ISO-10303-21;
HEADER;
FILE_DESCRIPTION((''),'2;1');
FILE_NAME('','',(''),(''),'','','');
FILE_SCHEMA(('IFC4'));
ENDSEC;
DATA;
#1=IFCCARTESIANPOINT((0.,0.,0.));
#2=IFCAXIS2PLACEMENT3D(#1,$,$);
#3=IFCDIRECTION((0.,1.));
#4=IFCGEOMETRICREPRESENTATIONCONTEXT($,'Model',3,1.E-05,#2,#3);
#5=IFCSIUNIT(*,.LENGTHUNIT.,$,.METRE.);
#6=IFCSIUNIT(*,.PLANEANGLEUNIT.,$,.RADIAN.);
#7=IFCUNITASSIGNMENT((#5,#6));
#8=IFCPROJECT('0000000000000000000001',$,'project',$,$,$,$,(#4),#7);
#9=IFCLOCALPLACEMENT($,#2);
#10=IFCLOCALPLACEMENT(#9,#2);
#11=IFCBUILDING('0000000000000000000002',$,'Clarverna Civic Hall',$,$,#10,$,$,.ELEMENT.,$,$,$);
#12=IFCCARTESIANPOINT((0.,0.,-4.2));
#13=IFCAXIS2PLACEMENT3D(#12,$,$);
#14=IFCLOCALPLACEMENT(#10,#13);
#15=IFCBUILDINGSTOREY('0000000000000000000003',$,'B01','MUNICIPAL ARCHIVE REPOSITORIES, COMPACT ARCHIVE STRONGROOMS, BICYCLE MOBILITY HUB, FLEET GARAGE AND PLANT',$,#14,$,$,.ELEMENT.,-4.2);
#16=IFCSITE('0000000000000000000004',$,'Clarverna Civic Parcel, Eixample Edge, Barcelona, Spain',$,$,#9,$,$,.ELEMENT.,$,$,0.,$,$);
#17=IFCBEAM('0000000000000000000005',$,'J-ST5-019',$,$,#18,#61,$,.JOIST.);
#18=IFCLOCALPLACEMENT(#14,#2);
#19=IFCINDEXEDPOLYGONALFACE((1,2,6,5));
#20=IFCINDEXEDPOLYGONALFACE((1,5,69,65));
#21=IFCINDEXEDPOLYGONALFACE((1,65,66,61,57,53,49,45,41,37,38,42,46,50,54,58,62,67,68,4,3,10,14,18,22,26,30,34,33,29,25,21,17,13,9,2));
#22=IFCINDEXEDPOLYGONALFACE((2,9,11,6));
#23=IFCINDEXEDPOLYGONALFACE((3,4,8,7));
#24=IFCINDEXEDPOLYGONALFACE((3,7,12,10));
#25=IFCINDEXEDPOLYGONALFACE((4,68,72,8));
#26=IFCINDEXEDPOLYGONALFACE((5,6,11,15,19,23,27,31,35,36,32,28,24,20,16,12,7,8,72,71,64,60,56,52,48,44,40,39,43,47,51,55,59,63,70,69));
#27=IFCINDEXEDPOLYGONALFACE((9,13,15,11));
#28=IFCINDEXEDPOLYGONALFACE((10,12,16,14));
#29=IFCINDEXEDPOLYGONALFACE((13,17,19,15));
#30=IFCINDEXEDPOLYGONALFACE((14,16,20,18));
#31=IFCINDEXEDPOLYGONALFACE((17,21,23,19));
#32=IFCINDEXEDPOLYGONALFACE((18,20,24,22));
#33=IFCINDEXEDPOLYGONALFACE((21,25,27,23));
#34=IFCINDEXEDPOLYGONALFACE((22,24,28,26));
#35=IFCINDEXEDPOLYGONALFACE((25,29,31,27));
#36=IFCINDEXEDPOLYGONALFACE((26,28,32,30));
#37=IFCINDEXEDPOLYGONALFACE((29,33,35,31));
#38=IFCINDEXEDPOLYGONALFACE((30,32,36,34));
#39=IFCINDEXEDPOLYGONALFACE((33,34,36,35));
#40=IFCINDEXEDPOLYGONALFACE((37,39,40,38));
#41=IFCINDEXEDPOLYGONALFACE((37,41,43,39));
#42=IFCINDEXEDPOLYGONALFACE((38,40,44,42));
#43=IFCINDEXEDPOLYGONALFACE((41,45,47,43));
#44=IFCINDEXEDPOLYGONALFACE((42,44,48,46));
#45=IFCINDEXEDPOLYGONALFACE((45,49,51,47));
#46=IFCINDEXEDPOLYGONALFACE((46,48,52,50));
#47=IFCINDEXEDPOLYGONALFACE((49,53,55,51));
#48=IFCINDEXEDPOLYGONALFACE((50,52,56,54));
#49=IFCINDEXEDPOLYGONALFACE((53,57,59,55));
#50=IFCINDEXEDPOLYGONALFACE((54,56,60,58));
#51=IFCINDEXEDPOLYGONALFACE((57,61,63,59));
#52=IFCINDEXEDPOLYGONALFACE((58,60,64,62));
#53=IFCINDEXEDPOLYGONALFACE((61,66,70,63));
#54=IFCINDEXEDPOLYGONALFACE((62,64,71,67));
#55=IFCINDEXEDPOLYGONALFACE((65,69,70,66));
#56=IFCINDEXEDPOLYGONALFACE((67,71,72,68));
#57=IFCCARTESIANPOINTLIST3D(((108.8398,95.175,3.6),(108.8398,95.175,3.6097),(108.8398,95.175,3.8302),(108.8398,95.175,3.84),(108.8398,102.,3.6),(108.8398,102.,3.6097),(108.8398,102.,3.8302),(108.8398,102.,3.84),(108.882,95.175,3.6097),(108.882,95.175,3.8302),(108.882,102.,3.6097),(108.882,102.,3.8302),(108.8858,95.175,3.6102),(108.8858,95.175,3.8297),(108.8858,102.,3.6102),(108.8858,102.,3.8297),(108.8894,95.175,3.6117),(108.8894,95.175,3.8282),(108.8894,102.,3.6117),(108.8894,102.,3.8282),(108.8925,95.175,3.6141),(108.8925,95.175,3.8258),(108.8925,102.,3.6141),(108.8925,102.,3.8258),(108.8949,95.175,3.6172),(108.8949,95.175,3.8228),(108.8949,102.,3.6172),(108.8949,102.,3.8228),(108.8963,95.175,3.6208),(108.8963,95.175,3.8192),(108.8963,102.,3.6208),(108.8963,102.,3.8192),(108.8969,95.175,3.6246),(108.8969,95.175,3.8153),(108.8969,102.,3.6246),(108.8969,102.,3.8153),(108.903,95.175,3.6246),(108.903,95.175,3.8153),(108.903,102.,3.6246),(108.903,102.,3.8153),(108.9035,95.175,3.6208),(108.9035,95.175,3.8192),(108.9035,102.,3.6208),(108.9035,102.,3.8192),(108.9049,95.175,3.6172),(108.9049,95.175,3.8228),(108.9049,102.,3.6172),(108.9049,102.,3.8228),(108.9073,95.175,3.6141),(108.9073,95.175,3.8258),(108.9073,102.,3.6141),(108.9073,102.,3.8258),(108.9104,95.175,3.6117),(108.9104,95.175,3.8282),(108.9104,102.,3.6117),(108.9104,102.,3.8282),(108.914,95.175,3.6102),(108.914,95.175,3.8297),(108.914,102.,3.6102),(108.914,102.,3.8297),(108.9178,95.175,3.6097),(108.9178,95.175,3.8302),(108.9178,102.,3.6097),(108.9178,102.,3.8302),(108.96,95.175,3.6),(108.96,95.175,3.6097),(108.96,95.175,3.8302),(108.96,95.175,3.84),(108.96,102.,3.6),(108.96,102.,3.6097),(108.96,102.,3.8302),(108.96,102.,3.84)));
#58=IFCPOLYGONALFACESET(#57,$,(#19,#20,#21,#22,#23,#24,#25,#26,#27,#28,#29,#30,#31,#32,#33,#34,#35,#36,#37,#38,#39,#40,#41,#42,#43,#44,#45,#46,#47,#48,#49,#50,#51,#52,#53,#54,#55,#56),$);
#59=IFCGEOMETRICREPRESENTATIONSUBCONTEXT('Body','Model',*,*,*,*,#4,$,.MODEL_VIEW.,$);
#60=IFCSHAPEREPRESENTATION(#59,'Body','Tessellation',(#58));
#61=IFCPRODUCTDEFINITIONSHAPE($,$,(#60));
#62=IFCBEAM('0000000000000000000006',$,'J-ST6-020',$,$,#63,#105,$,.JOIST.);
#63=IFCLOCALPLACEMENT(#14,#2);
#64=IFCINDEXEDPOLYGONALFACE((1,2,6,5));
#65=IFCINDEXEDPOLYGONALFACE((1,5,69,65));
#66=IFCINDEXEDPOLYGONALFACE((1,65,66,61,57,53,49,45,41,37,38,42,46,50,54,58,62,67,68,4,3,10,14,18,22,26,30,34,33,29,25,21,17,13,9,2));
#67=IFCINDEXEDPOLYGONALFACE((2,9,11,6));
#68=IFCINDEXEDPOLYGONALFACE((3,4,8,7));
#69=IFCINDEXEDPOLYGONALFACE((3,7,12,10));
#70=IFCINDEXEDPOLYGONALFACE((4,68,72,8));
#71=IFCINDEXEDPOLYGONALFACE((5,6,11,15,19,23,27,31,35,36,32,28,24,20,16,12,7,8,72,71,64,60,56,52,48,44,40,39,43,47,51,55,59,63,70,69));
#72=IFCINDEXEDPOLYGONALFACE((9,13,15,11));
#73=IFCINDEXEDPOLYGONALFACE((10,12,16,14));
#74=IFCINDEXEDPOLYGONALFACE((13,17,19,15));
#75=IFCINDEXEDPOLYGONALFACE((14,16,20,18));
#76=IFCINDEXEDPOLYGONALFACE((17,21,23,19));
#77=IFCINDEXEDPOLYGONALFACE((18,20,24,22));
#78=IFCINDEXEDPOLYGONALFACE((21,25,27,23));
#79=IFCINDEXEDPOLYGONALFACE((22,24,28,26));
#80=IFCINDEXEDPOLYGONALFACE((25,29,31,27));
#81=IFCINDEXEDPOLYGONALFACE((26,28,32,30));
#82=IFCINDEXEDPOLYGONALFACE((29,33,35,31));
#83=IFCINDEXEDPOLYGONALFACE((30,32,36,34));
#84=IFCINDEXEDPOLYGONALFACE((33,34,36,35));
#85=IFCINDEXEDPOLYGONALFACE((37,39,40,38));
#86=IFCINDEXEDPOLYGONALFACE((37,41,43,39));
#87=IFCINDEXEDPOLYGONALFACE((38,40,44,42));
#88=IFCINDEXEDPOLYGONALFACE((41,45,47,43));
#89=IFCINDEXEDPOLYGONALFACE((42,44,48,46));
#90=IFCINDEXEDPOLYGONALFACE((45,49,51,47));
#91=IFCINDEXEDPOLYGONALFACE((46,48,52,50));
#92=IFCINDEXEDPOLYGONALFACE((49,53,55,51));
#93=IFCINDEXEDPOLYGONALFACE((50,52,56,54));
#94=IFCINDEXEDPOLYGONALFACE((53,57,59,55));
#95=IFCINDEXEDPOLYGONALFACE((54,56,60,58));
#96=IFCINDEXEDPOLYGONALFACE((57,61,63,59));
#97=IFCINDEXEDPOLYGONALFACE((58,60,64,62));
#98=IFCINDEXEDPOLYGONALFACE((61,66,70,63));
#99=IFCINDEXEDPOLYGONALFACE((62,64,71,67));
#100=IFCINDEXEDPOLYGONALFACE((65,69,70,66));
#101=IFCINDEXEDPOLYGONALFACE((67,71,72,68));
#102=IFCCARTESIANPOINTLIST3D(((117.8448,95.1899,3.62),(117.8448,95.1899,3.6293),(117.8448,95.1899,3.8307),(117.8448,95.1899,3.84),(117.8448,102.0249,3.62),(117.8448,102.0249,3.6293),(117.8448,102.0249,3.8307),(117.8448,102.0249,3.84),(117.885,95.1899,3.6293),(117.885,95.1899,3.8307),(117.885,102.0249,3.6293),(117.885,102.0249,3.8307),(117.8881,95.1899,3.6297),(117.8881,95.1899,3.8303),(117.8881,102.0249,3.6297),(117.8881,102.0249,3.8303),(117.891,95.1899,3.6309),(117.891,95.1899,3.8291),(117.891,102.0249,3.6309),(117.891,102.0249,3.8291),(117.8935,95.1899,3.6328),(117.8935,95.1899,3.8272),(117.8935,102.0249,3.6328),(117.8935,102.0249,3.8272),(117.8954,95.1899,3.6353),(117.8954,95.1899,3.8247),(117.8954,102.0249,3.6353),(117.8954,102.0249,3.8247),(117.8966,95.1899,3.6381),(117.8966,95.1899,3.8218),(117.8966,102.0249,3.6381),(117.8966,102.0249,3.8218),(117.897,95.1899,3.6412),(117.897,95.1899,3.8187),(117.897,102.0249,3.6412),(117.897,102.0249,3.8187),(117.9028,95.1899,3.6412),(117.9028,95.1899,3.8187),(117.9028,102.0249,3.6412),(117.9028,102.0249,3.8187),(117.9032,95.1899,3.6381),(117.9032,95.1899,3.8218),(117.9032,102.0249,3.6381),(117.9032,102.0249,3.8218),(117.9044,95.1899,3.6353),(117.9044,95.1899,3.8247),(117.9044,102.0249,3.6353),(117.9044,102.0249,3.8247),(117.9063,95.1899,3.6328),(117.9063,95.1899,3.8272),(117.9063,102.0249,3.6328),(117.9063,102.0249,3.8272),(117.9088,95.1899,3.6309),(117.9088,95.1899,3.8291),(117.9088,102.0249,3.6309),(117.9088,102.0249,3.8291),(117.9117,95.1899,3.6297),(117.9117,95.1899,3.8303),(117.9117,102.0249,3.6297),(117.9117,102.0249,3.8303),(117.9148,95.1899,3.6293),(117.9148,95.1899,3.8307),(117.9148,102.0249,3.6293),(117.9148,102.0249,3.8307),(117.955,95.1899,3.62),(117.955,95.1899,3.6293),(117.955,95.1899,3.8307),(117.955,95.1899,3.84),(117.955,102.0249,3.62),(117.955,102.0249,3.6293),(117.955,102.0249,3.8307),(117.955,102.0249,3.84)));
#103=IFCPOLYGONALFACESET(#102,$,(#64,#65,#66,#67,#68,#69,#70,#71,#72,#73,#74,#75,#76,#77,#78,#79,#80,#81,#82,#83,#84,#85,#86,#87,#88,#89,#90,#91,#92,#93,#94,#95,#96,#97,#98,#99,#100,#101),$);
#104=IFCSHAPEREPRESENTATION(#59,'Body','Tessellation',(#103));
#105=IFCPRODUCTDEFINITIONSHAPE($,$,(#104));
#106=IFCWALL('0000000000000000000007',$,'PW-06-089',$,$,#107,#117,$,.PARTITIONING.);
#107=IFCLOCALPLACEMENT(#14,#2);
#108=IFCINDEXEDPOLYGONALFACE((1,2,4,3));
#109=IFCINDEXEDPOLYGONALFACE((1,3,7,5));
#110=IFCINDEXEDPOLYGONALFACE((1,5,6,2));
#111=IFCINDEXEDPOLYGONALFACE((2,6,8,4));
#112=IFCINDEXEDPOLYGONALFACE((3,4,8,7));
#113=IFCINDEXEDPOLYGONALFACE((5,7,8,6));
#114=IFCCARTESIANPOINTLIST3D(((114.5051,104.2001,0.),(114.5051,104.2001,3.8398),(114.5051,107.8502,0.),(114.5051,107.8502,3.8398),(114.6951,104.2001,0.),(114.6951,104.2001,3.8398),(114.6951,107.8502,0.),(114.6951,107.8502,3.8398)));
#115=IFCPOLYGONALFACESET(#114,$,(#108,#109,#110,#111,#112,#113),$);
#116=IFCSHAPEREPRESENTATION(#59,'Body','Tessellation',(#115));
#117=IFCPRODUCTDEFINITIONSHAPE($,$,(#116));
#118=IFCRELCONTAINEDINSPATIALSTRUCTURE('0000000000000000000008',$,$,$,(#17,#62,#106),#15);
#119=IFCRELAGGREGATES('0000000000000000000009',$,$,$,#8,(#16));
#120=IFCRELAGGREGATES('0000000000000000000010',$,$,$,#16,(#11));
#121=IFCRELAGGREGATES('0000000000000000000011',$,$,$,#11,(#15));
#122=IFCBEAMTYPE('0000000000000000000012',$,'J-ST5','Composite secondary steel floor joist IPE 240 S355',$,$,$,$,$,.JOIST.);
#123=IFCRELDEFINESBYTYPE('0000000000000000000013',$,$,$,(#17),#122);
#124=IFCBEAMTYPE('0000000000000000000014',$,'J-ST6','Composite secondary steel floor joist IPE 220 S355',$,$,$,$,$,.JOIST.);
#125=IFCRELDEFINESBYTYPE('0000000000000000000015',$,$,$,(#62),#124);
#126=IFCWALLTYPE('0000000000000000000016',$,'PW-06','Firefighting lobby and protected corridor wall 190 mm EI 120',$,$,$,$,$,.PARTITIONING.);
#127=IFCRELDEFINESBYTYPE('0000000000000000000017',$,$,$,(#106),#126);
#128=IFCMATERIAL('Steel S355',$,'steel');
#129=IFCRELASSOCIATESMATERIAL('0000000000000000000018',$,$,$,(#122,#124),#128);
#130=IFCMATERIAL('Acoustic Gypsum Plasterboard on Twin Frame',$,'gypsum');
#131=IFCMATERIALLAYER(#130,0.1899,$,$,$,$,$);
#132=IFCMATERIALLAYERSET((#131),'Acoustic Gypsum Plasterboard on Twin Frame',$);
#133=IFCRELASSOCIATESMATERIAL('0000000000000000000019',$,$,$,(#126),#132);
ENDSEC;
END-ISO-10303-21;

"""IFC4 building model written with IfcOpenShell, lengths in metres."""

from ifc_helpers import new_model, si_unit, direction, frame, frame_2d, origin, origin_2d, place, context, subcontext, project, spatial, rectangle, i_section, extrude, material, layer, layer_set, material_profile, profile_set, type_object, element, save


model = new_model("IFC4")

# Units and contexts
model_context = context("Model", 3, precision=1e-05, world=origin(), true_north=direction((0.0, 1.0)))
body_context = subcontext(model_context, "Body", "Model", "MODEL_VIEW")
ifc_project = project(units=[si_unit("LENGTHUNIT", "METRE"), si_unit("PLANEANGLEUNIT", "RADIAN")], contexts=[model_context])

# Site, building, storey
site_placement = place(None, origin())
site = spatial("IfcSite", under=ifc_project, at=site_placement, Name="Clarverna Civic Parcel, Eixample Edge, Barcelona, Spain", CompositionType="ELEMENT", RefElevation=0.0)
building_placement = place(site_placement, origin())
building = spatial("IfcBuilding", under=site, at=building_placement, Name="Clarverna Civic Hall", CompositionType="ELEMENT")
storey_placement = place(building_placement, frame((0.0, 0.0, -4.2)))
storey = spatial("IfcBuildingStorey", under=building, at=storey_placement, Name="B01", Description="MUNICIPAL ARCHIVE REPOSITORIES, COMPACT ARCHIVE STRONGROOMS, BICYCLE MOBILITY HUB, FLEET GARAGE AND PLANT", CompositionType="ELEMENT", Elevation=-4.2)

# Beams
ifc_material_1 = material(Name="Steel S355", Category="steel")
ifc_material_profile_1 = material_profile(ifc_material_1, i_section(OverallWidth=0.1201, OverallDepth=0.24, WebThickness=0.0061, FlangeThickness=0.0098, FilletRadius=0.0149, at=origin_2d()), Name="IPE 240")
ifc_profile_set_1 = profile_set([ifc_material_profile_1], Name="Steel S355")
beam_type_1 = type_object("IfcBeamType", Name="J-ST5", Description="Composite secondary steel floor joist IPE 240 S355", PredefinedType="JOIST", material=ifc_profile_set_1)
beam_1_placement = place(storey_placement, frame((108.8999, 95.175, 3.72), z_axis=(0.0, 1.0, 0.0), x_axis=(-1.0, 0.0, 0.0)))
element("IfcBeam", 1, at=beam_1_placement, inside=storey, type_object=beam_type_1, Name="J-ST5-019", PredefinedType="JOIST", context=body_context, shape_type="SweptSolid", body=[
    extrude(i_section(OverallWidth=0.1201, OverallDepth=0.24, WebThickness=0.0061, FlangeThickness=0.0098, FilletRadius=0.0149, at=origin_2d()), origin(), (0.0, 0.0, 1.0), 6.825),
])
ifc_material_profile_2 = material_profile(ifc_material_1, i_section(OverallWidth=0.1101, OverallDepth=0.22, WebThickness=0.0059, FlangeThickness=0.0093, FilletRadius=0.012, at=origin_2d()), Name="IPE 220")
ifc_profile_set_2 = profile_set([ifc_material_profile_2], Name="Steel S355")
beam_type_2 = type_object("IfcBeamType", Name="J-ST6", Description="Composite secondary steel floor joist IPE 220 S355", PredefinedType="JOIST", material=ifc_profile_set_2)
beam_2_placement = place(storey_placement, frame((117.8999, 95.1899, 3.73), z_axis=(0.0, 1.0, 0.0), x_axis=(-1.0, 0.0, 0.0)))
element("IfcBeam", 2, at=beam_2_placement, inside=storey, type_object=beam_type_2, Name="J-ST6-020", PredefinedType="JOIST", context=body_context, shape_type="SweptSolid", body=[
    extrude(i_section(OverallWidth=0.1101, OverallDepth=0.22, WebThickness=0.0059, FlangeThickness=0.0093, FilletRadius=0.012, at=origin_2d()), origin(), (0.0, 0.0, 1.0), 6.835),
])

# Wall
ifc_material_2 = material(Name="Acoustic Gypsum Plasterboard on Twin Frame", Category="gypsum")
ifc_layer = layer(ifc_material_2, 0.1899)
ifc_layer_set = layer_set([ifc_layer], Name="Acoustic Gypsum Plasterboard on Twin Frame")
wall_type = type_object("IfcWallType", Name="PW-06", Description="Firefighting lobby and protected corridor wall 190 mm EI 120", PredefinedType="PARTITIONING", material=ifc_layer_set)
wall_placement = place(storey_placement, frame((114.6001, 104.2, 0.0), z_axis=(0.0, 0.0, 1.0), x_axis=(0.0, 1.0, 0.0)))
element("IfcWall", 3, at=wall_placement, inside=storey, type_object=wall_type, Name="PW-06-089", PredefinedType="PARTITIONING", context=body_context, shape_type="SweptSolid", body=[
    extrude(rectangle(XDim=3.6501, YDim=0.1899, at=frame_2d((1.8252, 0.0))), origin(), (0.0, 0.0, 1.0), 3.8398),
])

save(model, "model.ifc")
